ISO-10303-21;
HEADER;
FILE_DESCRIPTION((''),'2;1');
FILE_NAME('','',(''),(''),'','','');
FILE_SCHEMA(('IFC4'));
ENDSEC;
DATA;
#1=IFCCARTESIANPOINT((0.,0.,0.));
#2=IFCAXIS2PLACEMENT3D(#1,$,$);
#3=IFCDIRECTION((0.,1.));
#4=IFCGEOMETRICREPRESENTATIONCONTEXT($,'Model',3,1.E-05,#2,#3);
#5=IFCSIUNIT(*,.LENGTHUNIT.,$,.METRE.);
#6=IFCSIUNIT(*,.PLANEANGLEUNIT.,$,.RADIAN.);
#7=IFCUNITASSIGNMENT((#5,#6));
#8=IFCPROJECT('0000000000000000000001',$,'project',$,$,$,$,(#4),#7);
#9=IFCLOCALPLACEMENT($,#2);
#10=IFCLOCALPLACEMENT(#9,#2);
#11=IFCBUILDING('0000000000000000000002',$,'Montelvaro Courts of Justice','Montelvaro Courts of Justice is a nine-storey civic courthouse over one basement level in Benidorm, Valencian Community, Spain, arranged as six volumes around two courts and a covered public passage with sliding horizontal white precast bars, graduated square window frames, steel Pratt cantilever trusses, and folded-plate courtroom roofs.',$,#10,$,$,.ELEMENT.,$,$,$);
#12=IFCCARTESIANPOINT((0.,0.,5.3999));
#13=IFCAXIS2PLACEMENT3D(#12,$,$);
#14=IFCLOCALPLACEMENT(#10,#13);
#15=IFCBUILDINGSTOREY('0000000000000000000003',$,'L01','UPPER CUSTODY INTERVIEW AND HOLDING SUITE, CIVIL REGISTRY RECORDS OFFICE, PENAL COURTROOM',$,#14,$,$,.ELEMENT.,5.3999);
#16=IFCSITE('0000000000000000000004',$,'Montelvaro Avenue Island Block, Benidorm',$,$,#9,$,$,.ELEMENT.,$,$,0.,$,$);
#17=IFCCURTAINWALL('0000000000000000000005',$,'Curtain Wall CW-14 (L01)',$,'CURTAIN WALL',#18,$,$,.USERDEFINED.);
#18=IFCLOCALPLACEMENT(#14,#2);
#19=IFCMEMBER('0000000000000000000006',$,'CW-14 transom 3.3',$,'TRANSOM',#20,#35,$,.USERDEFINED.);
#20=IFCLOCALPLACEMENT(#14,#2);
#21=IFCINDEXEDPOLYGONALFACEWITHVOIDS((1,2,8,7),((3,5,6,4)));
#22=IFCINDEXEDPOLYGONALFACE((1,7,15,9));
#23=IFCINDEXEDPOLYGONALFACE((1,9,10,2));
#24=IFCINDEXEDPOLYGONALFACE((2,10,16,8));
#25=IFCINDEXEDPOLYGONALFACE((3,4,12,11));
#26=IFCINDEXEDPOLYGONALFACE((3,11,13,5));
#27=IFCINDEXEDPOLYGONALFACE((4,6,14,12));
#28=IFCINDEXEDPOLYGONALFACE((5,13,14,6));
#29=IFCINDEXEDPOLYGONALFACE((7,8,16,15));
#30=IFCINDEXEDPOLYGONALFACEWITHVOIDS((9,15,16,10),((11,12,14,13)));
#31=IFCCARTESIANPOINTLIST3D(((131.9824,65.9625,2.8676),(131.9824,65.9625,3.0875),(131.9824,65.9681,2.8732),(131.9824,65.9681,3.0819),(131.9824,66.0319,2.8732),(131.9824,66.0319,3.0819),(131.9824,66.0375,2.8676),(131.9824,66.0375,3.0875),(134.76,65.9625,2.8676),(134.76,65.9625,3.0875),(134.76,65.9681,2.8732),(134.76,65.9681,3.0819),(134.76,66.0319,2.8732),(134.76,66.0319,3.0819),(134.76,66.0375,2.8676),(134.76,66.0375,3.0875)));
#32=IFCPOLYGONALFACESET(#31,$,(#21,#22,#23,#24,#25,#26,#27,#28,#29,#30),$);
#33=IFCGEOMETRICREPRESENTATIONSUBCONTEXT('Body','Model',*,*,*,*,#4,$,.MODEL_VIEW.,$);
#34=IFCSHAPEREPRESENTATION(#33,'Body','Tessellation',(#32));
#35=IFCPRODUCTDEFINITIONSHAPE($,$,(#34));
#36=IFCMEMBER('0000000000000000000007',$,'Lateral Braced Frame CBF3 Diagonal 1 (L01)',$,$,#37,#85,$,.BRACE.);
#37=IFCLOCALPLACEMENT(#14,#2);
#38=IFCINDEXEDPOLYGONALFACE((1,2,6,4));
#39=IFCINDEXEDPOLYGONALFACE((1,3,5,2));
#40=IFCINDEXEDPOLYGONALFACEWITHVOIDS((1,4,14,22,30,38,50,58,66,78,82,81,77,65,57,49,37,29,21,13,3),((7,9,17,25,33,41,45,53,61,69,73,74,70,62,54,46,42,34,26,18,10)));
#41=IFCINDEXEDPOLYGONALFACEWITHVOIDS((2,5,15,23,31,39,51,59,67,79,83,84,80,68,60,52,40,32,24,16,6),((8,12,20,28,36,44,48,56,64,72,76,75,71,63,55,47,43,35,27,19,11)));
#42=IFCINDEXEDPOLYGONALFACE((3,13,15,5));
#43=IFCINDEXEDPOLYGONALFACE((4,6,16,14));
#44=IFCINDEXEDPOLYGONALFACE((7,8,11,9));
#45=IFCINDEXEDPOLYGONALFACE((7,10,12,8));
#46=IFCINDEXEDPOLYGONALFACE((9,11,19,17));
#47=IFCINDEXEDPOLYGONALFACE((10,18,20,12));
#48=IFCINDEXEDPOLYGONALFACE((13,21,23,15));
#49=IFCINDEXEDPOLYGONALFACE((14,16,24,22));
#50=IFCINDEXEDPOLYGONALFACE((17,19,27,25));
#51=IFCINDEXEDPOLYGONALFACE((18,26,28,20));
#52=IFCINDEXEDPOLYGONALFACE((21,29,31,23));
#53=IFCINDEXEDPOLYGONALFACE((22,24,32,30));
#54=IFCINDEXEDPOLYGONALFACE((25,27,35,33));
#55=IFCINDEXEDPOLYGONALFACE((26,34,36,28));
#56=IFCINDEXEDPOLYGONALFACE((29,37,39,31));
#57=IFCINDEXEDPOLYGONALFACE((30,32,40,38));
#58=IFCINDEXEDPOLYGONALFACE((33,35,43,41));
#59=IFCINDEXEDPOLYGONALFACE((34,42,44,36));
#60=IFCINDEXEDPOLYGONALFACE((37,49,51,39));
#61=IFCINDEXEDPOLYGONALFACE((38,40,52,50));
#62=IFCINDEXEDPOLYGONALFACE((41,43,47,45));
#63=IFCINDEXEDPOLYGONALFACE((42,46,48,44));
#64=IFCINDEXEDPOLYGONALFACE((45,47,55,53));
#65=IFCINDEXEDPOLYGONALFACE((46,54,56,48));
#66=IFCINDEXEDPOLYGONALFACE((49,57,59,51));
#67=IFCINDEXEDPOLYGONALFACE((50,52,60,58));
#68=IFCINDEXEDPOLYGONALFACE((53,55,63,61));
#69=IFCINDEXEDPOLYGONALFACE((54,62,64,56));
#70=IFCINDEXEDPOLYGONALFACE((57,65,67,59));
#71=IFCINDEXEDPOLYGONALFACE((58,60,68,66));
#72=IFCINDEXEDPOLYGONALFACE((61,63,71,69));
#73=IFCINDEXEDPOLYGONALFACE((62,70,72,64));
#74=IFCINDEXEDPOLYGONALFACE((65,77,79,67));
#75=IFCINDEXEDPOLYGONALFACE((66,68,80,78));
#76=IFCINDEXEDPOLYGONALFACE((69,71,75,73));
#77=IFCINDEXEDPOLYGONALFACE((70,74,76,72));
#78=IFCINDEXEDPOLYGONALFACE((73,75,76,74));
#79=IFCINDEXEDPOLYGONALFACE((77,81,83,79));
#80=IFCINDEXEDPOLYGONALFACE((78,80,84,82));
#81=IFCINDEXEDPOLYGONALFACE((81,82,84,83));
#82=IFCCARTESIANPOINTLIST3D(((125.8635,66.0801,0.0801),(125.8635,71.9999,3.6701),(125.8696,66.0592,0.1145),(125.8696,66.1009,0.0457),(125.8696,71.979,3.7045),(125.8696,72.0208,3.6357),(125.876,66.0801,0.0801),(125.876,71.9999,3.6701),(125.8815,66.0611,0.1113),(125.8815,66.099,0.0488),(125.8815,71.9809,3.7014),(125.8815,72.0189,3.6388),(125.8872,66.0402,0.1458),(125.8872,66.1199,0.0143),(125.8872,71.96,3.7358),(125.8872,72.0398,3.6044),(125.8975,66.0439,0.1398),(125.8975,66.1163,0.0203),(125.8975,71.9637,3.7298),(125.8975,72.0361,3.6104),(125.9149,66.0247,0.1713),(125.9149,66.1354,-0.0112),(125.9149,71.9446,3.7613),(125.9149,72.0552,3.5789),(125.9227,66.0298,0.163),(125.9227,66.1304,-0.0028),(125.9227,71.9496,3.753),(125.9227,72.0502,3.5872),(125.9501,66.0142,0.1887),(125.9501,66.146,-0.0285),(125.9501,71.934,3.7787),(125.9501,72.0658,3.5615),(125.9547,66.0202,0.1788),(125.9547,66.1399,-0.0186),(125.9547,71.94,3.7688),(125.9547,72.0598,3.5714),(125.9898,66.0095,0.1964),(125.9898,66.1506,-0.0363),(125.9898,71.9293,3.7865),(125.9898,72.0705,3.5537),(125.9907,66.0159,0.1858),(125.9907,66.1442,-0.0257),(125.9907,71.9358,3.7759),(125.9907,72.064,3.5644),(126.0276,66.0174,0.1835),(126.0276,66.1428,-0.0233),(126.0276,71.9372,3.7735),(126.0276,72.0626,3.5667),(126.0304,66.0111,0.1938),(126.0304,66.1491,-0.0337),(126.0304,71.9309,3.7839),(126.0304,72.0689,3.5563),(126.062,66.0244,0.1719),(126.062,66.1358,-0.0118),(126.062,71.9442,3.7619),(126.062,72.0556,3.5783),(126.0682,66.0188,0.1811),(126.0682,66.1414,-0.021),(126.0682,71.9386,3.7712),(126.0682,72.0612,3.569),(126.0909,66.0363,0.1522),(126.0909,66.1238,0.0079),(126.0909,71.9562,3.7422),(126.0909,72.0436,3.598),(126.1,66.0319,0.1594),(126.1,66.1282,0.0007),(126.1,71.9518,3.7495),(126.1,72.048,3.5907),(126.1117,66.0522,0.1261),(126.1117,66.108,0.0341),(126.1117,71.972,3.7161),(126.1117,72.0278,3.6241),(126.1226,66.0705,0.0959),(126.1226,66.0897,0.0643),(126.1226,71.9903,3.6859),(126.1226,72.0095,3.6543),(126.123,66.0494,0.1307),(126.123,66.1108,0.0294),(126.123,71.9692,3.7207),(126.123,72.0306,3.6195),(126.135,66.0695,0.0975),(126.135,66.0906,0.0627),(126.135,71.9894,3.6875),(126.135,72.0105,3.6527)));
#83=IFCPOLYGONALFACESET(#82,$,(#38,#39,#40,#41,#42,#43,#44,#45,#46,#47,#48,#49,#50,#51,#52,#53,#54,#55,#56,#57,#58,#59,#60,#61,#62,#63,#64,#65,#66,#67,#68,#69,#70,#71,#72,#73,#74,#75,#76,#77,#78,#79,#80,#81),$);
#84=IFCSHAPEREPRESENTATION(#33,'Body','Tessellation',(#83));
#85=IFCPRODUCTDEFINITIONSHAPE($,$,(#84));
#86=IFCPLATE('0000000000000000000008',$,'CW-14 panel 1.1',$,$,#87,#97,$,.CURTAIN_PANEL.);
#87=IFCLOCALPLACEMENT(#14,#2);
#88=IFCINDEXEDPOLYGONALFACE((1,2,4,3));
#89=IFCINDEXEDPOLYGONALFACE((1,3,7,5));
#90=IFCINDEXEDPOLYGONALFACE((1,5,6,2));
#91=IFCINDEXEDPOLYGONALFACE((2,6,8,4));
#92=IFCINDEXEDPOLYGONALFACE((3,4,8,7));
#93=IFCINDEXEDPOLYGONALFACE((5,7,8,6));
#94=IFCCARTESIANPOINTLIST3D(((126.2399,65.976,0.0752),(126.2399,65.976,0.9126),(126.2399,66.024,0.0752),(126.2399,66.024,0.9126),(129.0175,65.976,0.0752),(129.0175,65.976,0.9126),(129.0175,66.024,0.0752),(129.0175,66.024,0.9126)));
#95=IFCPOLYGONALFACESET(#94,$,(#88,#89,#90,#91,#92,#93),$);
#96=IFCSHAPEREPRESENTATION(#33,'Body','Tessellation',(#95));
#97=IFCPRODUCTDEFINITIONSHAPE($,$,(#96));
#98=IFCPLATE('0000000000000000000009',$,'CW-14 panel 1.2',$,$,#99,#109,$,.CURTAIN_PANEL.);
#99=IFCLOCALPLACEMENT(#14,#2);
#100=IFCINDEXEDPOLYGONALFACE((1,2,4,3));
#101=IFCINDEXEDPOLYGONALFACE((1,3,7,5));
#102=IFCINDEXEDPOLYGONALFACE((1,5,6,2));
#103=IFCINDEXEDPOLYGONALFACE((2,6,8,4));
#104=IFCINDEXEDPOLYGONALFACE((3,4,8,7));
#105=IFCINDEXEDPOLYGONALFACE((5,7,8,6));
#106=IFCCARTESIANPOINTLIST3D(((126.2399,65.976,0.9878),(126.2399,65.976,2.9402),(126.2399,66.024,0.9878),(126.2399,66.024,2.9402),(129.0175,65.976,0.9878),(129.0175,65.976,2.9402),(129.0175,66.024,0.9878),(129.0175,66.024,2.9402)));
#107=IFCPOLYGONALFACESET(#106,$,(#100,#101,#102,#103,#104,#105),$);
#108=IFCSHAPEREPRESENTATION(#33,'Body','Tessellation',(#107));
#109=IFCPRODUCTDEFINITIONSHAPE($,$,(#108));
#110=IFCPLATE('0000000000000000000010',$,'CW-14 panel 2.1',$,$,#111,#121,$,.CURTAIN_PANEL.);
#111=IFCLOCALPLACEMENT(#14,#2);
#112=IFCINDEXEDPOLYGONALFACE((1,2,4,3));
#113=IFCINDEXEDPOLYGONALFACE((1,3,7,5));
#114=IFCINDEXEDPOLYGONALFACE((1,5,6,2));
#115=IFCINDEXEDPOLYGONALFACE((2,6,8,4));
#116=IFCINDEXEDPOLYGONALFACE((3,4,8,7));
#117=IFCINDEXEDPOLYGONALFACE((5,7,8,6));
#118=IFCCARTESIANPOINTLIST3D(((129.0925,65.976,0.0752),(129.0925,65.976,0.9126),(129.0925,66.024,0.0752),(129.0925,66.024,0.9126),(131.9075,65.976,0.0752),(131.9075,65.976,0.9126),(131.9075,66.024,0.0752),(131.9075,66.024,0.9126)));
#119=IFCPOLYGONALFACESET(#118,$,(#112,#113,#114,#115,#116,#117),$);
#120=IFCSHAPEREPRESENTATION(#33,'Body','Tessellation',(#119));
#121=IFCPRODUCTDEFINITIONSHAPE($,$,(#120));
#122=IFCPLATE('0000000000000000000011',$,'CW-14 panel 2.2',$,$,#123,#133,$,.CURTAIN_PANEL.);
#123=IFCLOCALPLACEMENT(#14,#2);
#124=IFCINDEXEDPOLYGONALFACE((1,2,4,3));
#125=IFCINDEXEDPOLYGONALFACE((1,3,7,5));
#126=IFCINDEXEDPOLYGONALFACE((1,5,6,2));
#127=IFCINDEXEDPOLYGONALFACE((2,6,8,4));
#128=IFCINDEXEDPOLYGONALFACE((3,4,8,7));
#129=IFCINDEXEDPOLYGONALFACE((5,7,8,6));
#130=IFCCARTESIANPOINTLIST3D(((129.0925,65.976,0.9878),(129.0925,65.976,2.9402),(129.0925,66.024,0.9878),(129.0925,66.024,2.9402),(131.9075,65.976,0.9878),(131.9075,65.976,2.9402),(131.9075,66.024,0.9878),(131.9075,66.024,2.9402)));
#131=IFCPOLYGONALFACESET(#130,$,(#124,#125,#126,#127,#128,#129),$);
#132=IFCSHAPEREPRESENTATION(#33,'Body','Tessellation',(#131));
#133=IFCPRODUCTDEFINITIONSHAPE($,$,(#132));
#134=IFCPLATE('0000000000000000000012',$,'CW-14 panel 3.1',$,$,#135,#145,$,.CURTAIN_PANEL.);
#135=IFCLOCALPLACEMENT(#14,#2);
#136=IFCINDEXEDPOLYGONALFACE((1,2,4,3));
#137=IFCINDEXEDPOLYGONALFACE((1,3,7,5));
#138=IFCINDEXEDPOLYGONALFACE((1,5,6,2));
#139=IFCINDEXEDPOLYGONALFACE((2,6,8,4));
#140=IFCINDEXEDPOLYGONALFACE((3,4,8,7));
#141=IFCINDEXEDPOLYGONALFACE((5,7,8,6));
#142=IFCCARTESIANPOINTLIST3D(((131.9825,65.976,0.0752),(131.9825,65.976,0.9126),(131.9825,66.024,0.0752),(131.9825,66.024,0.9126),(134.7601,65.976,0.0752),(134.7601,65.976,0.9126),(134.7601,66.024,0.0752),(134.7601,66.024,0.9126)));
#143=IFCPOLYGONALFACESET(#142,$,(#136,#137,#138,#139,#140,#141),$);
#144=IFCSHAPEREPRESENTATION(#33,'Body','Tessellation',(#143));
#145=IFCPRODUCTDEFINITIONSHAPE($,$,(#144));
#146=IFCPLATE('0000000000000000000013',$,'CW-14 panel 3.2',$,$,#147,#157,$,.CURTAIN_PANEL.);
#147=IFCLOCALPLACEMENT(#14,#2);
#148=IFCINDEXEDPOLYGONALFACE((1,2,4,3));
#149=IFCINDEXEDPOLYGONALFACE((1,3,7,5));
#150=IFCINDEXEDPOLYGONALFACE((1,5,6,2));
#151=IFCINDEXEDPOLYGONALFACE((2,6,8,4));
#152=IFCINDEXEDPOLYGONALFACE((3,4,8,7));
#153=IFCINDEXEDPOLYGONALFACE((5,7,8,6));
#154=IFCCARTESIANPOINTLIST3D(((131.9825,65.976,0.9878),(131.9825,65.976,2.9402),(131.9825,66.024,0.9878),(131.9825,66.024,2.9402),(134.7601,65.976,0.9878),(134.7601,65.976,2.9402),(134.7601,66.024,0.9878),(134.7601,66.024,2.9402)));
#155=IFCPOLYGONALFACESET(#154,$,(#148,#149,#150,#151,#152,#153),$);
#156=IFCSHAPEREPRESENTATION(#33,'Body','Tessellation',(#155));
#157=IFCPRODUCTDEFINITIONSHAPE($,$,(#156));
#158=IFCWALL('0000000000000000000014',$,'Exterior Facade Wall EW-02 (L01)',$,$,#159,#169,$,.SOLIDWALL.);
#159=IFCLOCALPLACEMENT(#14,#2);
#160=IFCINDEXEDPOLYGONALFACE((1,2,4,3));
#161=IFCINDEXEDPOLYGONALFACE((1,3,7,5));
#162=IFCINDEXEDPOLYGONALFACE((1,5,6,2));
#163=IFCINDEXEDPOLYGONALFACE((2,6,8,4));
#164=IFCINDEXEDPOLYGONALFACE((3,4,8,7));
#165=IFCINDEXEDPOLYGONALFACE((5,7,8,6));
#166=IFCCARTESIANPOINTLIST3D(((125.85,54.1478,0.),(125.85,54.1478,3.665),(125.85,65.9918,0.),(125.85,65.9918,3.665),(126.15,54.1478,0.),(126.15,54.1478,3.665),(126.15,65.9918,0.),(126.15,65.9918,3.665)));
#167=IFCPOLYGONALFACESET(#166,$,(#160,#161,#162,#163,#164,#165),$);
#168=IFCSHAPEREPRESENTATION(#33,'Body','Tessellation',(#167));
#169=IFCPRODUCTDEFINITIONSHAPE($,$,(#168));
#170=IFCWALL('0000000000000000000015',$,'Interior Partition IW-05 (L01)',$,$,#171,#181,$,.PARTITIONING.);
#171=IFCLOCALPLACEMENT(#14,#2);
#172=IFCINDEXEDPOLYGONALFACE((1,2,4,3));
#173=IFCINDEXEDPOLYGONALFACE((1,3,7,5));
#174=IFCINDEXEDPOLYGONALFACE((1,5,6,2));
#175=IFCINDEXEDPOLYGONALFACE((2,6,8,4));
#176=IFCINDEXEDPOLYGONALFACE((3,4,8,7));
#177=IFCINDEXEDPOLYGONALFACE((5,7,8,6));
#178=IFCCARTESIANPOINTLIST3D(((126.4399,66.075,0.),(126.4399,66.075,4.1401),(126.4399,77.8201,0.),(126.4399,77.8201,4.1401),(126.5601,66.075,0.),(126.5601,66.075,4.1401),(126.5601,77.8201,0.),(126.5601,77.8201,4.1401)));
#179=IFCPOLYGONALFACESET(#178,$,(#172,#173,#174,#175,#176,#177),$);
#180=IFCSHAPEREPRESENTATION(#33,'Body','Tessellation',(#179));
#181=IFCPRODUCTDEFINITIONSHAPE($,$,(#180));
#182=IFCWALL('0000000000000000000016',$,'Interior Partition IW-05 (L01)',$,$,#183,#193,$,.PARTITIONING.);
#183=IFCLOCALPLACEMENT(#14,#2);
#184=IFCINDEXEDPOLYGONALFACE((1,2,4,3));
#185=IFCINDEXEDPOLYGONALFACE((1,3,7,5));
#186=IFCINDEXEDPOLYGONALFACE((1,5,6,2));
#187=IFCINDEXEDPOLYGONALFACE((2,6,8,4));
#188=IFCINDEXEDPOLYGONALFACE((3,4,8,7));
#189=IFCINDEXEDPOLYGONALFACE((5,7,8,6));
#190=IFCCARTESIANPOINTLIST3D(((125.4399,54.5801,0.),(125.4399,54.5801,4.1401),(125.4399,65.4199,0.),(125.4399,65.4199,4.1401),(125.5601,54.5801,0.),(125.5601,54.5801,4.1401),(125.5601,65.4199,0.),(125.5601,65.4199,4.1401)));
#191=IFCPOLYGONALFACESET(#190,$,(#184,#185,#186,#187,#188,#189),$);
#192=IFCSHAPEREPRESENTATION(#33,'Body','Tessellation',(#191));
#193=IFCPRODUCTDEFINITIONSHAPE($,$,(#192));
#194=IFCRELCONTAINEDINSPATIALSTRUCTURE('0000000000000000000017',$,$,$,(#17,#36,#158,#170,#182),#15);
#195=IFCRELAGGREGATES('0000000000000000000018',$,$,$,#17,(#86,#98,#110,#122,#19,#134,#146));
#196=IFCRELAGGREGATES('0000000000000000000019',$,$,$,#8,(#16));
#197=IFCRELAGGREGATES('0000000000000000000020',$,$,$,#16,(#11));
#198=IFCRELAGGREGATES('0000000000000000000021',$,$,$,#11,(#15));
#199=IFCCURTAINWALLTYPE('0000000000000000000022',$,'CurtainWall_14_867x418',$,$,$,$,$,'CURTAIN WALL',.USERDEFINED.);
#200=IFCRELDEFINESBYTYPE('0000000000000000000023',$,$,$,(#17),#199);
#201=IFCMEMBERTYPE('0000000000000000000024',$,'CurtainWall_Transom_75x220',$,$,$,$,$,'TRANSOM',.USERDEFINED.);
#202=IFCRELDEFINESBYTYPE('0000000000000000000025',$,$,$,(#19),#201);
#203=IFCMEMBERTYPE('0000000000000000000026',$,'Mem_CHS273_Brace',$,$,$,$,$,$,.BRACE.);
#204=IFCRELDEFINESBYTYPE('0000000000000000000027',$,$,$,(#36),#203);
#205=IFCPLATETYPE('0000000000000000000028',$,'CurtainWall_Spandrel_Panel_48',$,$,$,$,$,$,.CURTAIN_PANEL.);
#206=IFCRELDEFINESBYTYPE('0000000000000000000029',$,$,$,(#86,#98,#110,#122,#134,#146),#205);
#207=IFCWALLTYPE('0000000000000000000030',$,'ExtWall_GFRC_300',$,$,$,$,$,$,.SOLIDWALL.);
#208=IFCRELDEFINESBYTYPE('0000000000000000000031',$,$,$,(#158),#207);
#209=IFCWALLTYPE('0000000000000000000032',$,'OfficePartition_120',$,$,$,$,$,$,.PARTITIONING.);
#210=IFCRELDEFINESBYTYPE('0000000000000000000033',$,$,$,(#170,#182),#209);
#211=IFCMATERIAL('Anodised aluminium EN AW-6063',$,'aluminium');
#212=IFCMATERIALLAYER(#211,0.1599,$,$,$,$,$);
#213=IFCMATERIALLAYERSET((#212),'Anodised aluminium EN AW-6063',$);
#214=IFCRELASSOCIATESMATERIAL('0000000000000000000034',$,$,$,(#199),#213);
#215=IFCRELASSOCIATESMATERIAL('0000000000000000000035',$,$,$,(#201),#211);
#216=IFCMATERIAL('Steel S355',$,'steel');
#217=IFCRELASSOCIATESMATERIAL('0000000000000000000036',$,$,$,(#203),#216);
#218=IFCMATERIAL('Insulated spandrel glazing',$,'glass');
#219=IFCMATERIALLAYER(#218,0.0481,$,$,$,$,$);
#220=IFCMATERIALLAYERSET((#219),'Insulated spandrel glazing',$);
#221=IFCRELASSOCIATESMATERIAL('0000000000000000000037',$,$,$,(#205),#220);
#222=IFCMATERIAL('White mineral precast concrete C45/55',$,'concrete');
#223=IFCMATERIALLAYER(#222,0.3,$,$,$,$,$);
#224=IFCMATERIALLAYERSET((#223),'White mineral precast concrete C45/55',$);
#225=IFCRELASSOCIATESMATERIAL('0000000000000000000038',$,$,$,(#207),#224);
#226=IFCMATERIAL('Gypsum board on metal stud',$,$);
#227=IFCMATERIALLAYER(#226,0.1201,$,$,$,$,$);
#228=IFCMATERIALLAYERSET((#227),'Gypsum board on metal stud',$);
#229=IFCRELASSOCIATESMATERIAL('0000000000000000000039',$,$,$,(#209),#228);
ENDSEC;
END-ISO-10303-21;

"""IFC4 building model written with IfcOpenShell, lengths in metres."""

from ifc_helpers import new_model, si_unit, direction, frame, frame_2d, origin, origin_2d, place, context, subcontext, project, spatial, rectangle, hollow_rectangle, hollow_circle, extrude, material, layer, layer_set, material_profile, profile_set, type_object, element, aggregate, save


model = new_model("IFC4")

# Units and contexts
model_context = context("Model", 3, precision=1e-05, world=origin(), true_north=direction((0.0, 1.0)))
body_context = subcontext(model_context, "Body", "Model", "MODEL_VIEW")
ifc_project = project(units=[si_unit("LENGTHUNIT", "METRE"), si_unit("PLANEANGLEUNIT", "RADIAN")], contexts=[model_context])

# Site, building, storey
site_placement = place(None, origin())
site = spatial("IfcSite", under=ifc_project, at=site_placement, Name="Montelvaro Avenue Island Block, Benidorm", CompositionType="ELEMENT", RefElevation=0.0)
building_placement = place(site_placement, origin())
building = spatial("IfcBuilding", under=site, at=building_placement, Name="Montelvaro Courts of Justice", Description="Montelvaro Courts of Justice is a nine-storey civic courthouse over one basement level in Benidorm, Valencian Community, Spain, arranged as six volumes around two courts and a covered public passage with sliding horizontal white precast bars, graduated square window frames, steel Pratt cantilever trusses, and folded-plate courtroom roofs.", CompositionType="ELEMENT")
storey_placement = place(building_placement, frame((0.0, 0.0, 5.3999)))
storey = spatial("IfcBuildingStorey", under=building, at=storey_placement, Name="L01", Description="UPPER CUSTODY INTERVIEW AND HOLDING SUITE, CIVIL REGISTRY RECORDS OFFICE, PENAL COURTROOM", CompositionType="ELEMENT", Elevation=5.3999)

# Shared definitions
ifc_material_1 = material(Name="Steel S355", Category="steel")

# Curtain wall, member
ifc_material_2 = material(Name="Anodised aluminium EN AW-6063", Category="aluminium")
ifc_layer_1 = layer(ifc_material_2, 0.1599)
ifc_layer_set_1 = layer_set([ifc_layer_1], Name="Anodised aluminium EN AW-6063")
curtain_wall_type = type_object("IfcCurtainWallType", Name="CurtainWall_14_867x418", ElementType="CURTAIN WALL", PredefinedType="USERDEFINED", material=ifc_layer_set_1)
curtain_wall_placement = place(storey_placement, origin())
curtain_wall = element("IfcCurtainWall", 1, at=curtain_wall_placement, inside=storey, type_object=curtain_wall_type, Name="Curtain Wall CW-14 (L01)", ObjectType="CURTAIN WALL", PredefinedType="USERDEFINED")
ifc_material_profile_1 = material_profile(ifc_material_2, hollow_rectangle(XDim=0.075, YDim=0.22, WallThickness=0.0056, at=origin_2d()), Name="ALU-T 75x220")
ifc_profile_set_1 = profile_set([ifc_material_profile_1], Name="Anodised aluminium EN AW-6063")
member_type_1 = type_object("IfcMemberType", Name="CurtainWall_Transom_75x220", ElementType="TRANSOM", PredefinedType="USERDEFINED", material=ifc_profile_set_1)
member_1_placement = place(storey_placement, frame((131.9824, 66.0, 2.9775), z_axis=(1.0, 0.0, 0.0), x_axis=(0.0, 1.0, 0.0)))
member_1 = element("IfcMember", 2, at=member_1_placement, type_object=member_type_1, Name="CW-14 transom 3.3", ObjectType="TRANSOM", PredefinedType="USERDEFINED", context=body_context, shape_type="SweptSolid", body=[
    extrude(hollow_rectangle(XDim=0.075, YDim=0.22, WallThickness=0.0056, at=origin_2d()), origin(), (0.0, 0.0, 1.0), 2.7776),
])

# Member
ifc_material_profile_2 = material_profile(ifc_material_1, hollow_circle(Radius=0.1365, WallThickness=0.0125, at=origin_2d()), Name="CHS 273x12.5")
ifc_profile_set_2 = profile_set([ifc_material_profile_2], Name="Steel S355")
member_type_2 = type_object("IfcMemberType", Name="Mem_CHS273_Brace", PredefinedType="BRACE", material=ifc_profile_set_2)
member_2_placement = place(storey_placement, frame((126.0, 66.0801, 0.0801), z_axis=(0.0, 0.855053, 0.51854), x_axis=(-1.0, 0.0, 0.0)))
element("IfcMember", 3, at=member_2_placement, inside=storey, type_object=member_type_2, Name="Lateral Braced Frame CBF3 Diagonal 1 (L01)", PredefinedType="BRACE", context=body_context, shape_type="SweptSolid", body=[
    extrude(hollow_circle(Radius=0.1365, WallThickness=0.0125, at=origin_2d()), origin(), (0.0, 0.0, 1.0), 6.9233),
])

# Plates
ifc_material_3 = material(Name="Insulated spandrel glazing", Category="glass")
ifc_layer_2 = layer(ifc_material_3, 0.0481)
ifc_layer_set_2 = layer_set([ifc_layer_2], Name="Insulated spandrel glazing")
plate_type = type_object("IfcPlateType", Name="CurtainWall_Spandrel_Panel_48", PredefinedType="CURTAIN_PANEL", material=ifc_layer_set_2)
plate_1_placement = place(storey_placement, frame((127.6287, 66.0, 0.0752), z_axis=(0.0, 0.0, 1.0), x_axis=(1.0, 0.0, 0.0)))
plate_1 = element("IfcPlate", 4, at=plate_1_placement, type_object=plate_type, Name="CW-14 panel 1.1", PredefinedType="CURTAIN_PANEL", context=body_context, shape_type="SweptSolid", body=[
    extrude(rectangle(XDim=2.7776, YDim=0.0481, at=origin_2d()), origin(), (0.0, 0.0, 1.0), 0.8374),
])
plate_2_placement = place(storey_placement, frame((127.6287, 66.0, 0.9878), z_axis=(0.0, 0.0, 1.0), x_axis=(1.0, 0.0, 0.0)))
plate_2 = element("IfcPlate", 5, at=plate_2_placement, type_object=plate_type, Name="CW-14 panel 1.2", PredefinedType="CURTAIN_PANEL", context=body_context, shape_type="SweptSolid", body=[
    extrude(rectangle(XDim=2.7776, YDim=0.0481, at=origin_2d()), origin(), (0.0, 0.0, 1.0), 1.9524),
])
plate_3_placement = place(storey_placement, frame((130.5, 66.0, 0.0752), z_axis=(0.0, 0.0, 1.0), x_axis=(1.0, 0.0, 0.0)))
plate_3 = element("IfcPlate", 6, at=plate_3_placement, type_object=plate_type, Name="CW-14 panel 2.1", PredefinedType="CURTAIN_PANEL", context=body_context, shape_type="SweptSolid", body=[
    extrude(rectangle(XDim=2.8149, YDim=0.0481, at=origin_2d()), origin(), (0.0, 0.0, 1.0), 0.8374),
])
plate_4_placement = place(storey_placement, frame((130.5, 66.0, 0.9878), z_axis=(0.0, 0.0, 1.0), x_axis=(1.0, 0.0, 0.0)))
plate_4 = element("IfcPlate", 7, at=plate_4_placement, type_object=plate_type, Name="CW-14 panel 2.2", PredefinedType="CURTAIN_PANEL", context=body_context, shape_type="SweptSolid", body=[
    extrude(rectangle(XDim=2.8149, YDim=0.0481, at=origin_2d()), origin(), (0.0, 0.0, 1.0), 1.9524),
])
plate_5_placement = place(storey_placement, frame((133.3713, 66.0, 0.0752), z_axis=(0.0, 0.0, 1.0), x_axis=(1.0, 0.0, 0.0)))
plate_5 = element("IfcPlate", 8, at=plate_5_placement, type_object=plate_type, Name="CW-14 panel 3.1", PredefinedType="CURTAIN_PANEL", context=body_context, shape_type="SweptSolid", body=[
    extrude(rectangle(XDim=2.7776, YDim=0.0481, at=origin_2d()), origin(), (0.0, 0.0, 1.0), 0.8374),
])
plate_6_placement = place(storey_placement, frame((133.3713, 66.0, 0.9878), z_axis=(0.0, 0.0, 1.0), x_axis=(1.0, 0.0, 0.0)))
plate_6 = element("IfcPlate", 9, at=plate_6_placement, type_object=plate_type, Name="CW-14 panel 3.2", PredefinedType="CURTAIN_PANEL", context=body_context, shape_type="SweptSolid", body=[
    extrude(rectangle(XDim=2.7776, YDim=0.0481, at=origin_2d()), origin(), (0.0, 0.0, 1.0), 1.9524),
])
aggregate(curtain_wall, [plate_1, plate_2, plate_3, plate_4, member_1, plate_5, plate_6])

# Walls
ifc_material_4 = material(Name="White mineral precast concrete C45/55", Category="concrete")
ifc_layer_3 = layer(ifc_material_4, 0.3)
ifc_layer_set_3 = layer_set([ifc_layer_3], Name="White mineral precast concrete C45/55")
wall_type_1 = type_object("IfcWallType", Name="ExtWall_GFRC_300", PredefinedType="SOLIDWALL", material=ifc_layer_set_3)
wall_1_placement = place(storey_placement, frame((126.0, 54.1479, 0.0), z_axis=(0.0, 0.0, 1.0), x_axis=(0.0, 1.0, 0.0)))
element("IfcWall", 10, at=wall_1_placement, inside=storey, type_object=wall_type_1, Name="Exterior Facade Wall EW-02 (L01)", PredefinedType="SOLIDWALL", context=body_context, shape_type="SweptSolid", body=[
    extrude(rectangle(XDim=11.844, YDim=0.3, at=frame_2d((5.9219, 0.0))), origin(), (0.0, 0.0, 1.0), 3.665),
])
ifc_material_5 = material(Name="Gypsum board on metal stud")
ifc_layer_4 = layer(ifc_material_5, 0.1201)
ifc_layer_set_4 = layer_set([ifc_layer_4], Name="Gypsum board on metal stud")
wall_type_2 = type_object("IfcWallType", Name="OfficePartition_120", PredefinedType="PARTITIONING", material=ifc_layer_set_4)
wall_2_placement = place(storey_placement, frame((126.5, 66.075, 0.0), z_axis=(0.0, 0.0, 1.0), x_axis=(0.0, 1.0, 0.0)))
element("IfcWall", 11, at=wall_2_placement, inside=storey, type_object=wall_type_2, Name="Interior Partition IW-05 (L01)", PredefinedType="PARTITIONING", context=body_context, shape_type="SweptSolid", body=[
    extrude(rectangle(XDim=11.7451, YDim=0.1201, at=frame_2d((5.8726, 0.0))), origin(), (0.0, 0.0, 1.0), 4.1401),
])
wall_3_placement = place(storey_placement, frame((125.5, 65.4199, 0.0), z_axis=(0.0, 0.0, 1.0), x_axis=(0.0, -1.0, 0.0)))
element("IfcWall", 12, at=wall_3_placement, inside=storey, type_object=wall_type_2, Name="Interior Partition IW-05 (L01)", PredefinedType="PARTITIONING", context=body_context, shape_type="SweptSolid", body=[
    extrude(rectangle(XDim=10.8398, YDim=0.1201, at=frame_2d((5.4199, 0.0))), origin(), (0.0, 0.0, 1.0), 4.1401),
])

save(model, "model.ifc")
